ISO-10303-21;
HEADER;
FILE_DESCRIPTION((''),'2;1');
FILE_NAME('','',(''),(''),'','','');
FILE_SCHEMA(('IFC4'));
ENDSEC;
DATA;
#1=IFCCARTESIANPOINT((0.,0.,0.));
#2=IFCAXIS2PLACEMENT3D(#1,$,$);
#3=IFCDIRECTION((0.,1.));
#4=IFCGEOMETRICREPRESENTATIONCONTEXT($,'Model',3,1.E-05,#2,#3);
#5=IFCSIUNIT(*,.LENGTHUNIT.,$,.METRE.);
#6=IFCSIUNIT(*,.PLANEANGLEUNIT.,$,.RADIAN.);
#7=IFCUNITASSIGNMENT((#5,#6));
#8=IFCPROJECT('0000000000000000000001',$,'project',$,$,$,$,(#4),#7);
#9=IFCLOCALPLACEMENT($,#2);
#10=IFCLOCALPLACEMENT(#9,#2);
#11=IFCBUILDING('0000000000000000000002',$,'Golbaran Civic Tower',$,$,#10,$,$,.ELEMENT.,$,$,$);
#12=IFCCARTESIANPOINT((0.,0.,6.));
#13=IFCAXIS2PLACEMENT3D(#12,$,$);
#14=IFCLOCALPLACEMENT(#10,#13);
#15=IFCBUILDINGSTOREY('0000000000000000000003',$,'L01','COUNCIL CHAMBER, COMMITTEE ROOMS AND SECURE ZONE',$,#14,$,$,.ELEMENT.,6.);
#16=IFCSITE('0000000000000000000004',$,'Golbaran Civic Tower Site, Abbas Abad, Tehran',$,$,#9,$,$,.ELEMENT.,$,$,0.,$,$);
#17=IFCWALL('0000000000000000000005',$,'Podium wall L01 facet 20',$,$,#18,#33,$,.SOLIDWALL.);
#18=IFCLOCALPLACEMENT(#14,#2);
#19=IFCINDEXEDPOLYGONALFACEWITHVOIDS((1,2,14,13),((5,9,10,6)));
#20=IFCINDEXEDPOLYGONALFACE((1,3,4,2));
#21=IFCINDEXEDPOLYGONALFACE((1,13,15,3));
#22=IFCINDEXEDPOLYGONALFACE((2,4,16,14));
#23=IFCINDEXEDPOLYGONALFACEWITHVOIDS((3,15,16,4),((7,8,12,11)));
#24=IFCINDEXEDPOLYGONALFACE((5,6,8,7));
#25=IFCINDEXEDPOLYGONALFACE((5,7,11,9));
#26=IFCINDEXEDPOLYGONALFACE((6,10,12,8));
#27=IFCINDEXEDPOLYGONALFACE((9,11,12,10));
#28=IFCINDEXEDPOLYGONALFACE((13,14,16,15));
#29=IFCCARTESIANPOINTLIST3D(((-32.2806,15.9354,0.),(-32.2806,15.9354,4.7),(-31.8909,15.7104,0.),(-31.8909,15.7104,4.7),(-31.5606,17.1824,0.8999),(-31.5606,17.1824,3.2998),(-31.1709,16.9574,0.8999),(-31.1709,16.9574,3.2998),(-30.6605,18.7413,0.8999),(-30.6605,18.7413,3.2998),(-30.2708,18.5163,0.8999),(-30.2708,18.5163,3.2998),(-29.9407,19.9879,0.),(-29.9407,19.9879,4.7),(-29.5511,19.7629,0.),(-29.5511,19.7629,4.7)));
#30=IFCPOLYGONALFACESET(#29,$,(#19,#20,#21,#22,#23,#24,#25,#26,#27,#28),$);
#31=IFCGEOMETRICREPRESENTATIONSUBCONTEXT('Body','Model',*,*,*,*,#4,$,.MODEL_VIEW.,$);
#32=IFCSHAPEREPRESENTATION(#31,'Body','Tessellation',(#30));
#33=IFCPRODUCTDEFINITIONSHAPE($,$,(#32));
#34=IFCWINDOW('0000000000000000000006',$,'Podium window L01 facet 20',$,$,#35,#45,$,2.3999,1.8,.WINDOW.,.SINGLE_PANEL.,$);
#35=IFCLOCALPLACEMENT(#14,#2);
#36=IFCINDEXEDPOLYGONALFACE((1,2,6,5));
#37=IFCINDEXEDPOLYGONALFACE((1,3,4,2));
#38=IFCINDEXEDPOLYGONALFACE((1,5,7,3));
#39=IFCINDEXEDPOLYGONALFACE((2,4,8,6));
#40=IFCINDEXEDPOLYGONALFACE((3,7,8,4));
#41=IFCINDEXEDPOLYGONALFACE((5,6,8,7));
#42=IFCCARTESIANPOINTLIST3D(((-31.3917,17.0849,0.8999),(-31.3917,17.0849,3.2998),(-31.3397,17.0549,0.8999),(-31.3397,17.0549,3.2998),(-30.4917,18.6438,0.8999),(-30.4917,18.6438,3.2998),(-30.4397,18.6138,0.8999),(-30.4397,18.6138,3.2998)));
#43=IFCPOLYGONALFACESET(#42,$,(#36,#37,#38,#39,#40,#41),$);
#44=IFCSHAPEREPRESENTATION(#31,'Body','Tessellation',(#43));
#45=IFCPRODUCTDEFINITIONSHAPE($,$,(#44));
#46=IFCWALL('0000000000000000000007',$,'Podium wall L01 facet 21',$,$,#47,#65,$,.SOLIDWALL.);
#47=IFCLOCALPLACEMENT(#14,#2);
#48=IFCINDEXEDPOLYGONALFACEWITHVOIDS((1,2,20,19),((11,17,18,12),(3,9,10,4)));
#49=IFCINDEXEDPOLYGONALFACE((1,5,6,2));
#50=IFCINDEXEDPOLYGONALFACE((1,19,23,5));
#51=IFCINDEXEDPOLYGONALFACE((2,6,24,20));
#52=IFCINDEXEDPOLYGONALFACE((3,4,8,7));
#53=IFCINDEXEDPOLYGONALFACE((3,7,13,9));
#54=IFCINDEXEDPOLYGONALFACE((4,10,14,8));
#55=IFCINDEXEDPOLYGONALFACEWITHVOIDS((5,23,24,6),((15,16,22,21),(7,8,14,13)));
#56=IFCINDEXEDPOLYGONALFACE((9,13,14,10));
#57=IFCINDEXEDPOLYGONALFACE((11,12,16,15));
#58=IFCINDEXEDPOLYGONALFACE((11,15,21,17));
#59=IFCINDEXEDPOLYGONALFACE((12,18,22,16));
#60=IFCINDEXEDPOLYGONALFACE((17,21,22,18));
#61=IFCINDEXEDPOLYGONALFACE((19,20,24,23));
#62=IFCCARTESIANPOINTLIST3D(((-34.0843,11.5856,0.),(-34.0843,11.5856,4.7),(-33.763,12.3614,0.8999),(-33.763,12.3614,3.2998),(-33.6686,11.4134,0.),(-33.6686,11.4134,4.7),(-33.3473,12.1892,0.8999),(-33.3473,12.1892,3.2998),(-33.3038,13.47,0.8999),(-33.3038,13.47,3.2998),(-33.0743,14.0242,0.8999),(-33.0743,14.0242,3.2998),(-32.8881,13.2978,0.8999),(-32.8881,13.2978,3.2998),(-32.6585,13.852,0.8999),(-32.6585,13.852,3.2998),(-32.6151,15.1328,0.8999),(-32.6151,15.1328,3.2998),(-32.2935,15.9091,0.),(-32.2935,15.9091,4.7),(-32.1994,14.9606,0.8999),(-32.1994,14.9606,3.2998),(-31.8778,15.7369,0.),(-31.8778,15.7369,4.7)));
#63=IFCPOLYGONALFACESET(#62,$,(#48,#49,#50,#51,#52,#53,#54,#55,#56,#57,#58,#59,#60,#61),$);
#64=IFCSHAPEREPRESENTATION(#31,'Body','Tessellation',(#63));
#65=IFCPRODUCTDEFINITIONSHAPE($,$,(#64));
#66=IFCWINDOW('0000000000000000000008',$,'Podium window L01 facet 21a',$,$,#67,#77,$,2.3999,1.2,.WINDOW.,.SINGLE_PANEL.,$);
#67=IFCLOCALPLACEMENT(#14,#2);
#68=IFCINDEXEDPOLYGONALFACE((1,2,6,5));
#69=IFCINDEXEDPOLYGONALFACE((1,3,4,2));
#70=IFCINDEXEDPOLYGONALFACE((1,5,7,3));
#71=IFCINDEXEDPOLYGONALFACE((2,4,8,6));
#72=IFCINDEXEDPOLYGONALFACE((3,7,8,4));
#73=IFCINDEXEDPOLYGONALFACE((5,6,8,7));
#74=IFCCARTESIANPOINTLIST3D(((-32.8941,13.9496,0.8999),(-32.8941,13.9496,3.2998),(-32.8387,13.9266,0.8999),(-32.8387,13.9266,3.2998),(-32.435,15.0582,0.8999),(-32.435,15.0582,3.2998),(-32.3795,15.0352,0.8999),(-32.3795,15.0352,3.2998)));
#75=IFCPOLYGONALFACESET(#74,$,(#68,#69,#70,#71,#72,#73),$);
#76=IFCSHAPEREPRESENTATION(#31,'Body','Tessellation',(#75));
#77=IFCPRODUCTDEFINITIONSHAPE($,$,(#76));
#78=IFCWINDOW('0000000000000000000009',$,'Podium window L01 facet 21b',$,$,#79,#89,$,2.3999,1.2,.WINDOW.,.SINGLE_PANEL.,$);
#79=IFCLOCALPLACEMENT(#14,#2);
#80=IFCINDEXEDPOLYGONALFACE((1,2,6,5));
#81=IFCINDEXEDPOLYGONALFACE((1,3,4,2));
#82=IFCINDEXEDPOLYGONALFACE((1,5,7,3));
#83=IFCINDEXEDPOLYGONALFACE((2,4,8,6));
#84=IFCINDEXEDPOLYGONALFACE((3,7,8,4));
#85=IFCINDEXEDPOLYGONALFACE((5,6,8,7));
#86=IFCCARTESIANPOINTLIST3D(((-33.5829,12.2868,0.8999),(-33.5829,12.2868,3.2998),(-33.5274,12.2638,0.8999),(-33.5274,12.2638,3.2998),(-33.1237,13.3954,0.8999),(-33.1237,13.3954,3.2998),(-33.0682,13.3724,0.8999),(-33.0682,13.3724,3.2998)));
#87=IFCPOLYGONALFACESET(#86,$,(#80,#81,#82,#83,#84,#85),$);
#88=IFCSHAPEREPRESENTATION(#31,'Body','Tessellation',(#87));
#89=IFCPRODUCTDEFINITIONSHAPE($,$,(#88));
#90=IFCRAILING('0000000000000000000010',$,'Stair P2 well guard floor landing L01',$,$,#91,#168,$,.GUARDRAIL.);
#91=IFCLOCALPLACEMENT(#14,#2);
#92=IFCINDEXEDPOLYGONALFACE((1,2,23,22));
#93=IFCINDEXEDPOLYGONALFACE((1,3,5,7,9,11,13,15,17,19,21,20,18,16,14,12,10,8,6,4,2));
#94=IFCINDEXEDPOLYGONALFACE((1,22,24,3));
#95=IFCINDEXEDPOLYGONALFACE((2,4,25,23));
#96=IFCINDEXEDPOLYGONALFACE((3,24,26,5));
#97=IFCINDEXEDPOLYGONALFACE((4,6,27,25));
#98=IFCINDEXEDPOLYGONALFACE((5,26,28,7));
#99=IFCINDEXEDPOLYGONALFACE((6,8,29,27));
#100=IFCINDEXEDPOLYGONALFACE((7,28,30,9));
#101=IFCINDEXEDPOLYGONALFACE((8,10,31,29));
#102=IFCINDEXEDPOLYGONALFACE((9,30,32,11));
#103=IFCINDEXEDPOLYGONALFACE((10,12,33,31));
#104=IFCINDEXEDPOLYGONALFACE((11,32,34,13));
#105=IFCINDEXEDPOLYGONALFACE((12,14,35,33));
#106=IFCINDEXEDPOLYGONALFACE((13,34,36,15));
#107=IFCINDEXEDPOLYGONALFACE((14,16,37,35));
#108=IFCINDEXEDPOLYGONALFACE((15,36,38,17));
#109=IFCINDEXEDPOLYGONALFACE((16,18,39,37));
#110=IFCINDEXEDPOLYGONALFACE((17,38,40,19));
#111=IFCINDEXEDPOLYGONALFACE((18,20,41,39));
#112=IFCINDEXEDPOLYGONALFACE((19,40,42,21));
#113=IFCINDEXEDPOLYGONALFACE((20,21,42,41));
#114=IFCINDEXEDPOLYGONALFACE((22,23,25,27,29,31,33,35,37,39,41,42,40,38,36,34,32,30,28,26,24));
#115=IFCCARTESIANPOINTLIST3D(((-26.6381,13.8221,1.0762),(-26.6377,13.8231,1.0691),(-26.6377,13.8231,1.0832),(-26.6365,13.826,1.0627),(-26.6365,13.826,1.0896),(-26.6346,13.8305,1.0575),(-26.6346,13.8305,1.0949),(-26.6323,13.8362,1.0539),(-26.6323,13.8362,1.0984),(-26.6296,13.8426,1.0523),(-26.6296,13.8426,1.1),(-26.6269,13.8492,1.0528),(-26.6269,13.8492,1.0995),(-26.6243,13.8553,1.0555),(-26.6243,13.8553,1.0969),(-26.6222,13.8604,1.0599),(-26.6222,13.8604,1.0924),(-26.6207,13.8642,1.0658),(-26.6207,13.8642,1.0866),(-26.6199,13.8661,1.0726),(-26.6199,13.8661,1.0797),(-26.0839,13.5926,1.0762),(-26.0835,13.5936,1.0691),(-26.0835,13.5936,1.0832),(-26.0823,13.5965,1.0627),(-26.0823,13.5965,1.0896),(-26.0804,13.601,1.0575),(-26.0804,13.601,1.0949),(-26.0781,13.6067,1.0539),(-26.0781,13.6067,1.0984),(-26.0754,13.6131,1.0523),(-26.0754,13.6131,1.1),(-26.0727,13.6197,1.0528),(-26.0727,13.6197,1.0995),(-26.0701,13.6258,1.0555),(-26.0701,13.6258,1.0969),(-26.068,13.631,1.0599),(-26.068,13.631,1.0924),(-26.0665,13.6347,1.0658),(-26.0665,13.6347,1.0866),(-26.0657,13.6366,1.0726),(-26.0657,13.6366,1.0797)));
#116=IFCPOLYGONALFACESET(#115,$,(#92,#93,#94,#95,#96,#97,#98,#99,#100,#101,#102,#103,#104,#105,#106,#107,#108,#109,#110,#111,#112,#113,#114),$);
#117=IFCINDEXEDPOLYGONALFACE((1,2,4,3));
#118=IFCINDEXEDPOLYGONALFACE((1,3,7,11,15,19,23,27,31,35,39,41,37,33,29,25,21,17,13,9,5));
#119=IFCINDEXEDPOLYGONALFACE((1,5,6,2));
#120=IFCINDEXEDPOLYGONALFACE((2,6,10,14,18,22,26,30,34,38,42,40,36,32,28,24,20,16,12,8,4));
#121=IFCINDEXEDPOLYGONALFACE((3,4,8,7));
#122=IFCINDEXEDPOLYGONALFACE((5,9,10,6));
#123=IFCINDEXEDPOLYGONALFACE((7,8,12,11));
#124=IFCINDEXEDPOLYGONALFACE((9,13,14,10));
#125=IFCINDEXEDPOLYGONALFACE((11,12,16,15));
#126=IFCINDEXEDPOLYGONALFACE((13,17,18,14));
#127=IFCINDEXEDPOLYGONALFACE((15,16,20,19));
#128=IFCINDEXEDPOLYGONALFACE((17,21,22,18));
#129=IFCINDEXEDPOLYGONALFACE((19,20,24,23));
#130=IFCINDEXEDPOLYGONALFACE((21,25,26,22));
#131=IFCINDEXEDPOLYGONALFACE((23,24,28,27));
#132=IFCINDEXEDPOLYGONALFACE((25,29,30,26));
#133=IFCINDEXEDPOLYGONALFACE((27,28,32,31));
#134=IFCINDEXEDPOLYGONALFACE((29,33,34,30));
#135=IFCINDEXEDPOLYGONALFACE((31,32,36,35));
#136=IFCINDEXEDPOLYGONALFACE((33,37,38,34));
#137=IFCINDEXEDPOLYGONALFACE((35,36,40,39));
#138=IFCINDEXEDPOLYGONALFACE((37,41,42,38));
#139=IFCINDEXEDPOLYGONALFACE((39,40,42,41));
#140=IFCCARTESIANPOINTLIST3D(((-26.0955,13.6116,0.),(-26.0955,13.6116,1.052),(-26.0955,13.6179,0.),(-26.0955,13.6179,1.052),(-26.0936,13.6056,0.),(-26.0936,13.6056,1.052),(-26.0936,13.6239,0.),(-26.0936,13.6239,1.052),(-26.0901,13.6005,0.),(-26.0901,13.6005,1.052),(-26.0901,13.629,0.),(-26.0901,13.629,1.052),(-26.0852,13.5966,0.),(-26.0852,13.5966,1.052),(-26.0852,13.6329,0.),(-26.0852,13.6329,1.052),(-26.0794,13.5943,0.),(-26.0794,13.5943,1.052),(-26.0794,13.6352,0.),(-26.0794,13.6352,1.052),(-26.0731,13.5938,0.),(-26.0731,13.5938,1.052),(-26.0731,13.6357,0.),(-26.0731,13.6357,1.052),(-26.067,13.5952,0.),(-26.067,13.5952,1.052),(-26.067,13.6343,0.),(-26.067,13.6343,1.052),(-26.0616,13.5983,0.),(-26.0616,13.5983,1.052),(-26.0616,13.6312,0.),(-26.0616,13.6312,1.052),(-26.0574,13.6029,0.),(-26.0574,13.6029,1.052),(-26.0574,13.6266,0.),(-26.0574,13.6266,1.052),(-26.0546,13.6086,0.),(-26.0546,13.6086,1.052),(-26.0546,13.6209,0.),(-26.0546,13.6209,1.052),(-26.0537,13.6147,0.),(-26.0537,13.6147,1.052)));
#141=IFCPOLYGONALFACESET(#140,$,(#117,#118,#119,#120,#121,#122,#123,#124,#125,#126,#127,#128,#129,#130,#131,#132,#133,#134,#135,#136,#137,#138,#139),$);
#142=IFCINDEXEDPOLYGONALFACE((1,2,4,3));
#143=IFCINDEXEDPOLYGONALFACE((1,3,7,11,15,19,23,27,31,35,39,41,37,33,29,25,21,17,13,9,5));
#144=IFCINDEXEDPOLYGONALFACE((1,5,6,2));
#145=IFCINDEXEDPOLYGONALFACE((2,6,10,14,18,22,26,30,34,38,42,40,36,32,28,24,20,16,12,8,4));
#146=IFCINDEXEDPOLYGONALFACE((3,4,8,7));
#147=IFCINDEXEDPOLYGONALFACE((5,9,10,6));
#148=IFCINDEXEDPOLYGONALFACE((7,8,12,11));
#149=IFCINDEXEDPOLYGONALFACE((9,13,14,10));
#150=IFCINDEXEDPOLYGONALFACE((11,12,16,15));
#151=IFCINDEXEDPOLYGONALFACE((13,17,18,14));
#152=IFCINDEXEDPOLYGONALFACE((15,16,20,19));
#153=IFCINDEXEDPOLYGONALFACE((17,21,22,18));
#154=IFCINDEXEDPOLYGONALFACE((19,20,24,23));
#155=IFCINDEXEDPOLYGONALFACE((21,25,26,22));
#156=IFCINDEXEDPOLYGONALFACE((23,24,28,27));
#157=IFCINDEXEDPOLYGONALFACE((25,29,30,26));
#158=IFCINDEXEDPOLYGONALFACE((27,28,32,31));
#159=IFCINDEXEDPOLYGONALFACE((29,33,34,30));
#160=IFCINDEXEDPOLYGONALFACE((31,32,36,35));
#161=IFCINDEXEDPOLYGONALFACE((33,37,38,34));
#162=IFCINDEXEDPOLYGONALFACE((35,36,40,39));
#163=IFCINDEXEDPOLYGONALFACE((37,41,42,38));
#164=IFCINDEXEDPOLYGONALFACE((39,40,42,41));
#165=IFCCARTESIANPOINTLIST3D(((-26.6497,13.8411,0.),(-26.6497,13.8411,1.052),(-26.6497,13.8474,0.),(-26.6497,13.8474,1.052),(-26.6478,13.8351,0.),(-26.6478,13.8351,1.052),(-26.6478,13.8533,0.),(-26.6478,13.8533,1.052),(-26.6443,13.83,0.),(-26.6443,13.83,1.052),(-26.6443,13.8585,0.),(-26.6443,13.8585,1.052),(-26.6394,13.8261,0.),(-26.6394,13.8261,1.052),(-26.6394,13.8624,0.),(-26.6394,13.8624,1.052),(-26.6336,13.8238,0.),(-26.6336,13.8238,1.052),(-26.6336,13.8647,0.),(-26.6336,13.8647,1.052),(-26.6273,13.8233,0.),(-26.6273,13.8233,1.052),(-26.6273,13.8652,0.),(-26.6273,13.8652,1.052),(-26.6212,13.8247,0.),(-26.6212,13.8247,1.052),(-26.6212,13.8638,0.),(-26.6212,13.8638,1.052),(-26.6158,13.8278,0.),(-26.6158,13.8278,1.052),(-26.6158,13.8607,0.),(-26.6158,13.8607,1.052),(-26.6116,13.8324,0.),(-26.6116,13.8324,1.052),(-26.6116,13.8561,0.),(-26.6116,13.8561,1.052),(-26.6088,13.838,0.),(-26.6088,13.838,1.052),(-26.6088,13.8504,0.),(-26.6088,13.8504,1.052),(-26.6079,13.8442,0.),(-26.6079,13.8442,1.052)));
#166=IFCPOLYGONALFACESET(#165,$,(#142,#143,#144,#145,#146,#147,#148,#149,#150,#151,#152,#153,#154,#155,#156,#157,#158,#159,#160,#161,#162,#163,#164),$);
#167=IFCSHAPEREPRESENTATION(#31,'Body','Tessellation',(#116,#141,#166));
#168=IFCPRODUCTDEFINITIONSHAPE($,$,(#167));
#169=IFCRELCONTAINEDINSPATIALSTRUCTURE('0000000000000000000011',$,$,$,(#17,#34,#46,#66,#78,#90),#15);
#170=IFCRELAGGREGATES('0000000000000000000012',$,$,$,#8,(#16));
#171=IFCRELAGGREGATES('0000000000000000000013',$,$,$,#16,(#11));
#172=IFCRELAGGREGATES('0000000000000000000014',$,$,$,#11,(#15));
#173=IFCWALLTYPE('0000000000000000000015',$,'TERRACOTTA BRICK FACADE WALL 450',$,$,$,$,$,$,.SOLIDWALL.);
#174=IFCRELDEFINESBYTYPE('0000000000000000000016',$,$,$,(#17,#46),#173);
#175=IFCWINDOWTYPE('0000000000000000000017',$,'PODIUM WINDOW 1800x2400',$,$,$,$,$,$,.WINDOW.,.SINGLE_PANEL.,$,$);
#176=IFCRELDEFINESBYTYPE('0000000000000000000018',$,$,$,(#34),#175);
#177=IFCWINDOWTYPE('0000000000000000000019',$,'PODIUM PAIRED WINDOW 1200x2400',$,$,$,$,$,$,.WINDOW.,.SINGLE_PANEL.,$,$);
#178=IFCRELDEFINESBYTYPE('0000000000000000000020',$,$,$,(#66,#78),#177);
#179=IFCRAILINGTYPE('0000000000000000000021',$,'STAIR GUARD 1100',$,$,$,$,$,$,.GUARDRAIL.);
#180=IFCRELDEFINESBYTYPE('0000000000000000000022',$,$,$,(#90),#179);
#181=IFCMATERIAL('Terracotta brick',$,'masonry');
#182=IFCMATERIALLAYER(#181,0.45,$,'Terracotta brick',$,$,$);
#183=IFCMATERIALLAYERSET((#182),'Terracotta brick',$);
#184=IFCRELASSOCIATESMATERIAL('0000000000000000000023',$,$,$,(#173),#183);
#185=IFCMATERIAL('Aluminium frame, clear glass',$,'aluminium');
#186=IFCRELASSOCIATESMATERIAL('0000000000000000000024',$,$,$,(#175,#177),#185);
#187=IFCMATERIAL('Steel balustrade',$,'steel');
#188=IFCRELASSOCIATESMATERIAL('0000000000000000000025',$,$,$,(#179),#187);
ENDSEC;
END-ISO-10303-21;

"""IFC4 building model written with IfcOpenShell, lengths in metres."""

from ifc_helpers import new_model, si_unit, direction, frame, frame_2d, origin, origin_2d, place, context, subcontext, project, spatial, rectangle, circle, extrude, material, layer, layer_set, type_object, element, fill, save


model = new_model("IFC4")

# Units and contexts
model_context = context("Model", 3, precision=1e-05, world=origin(), true_north=direction((0.0, 1.0)))
body_context = subcontext(model_context, "Body", "Model", "MODEL_VIEW")
ifc_project = project(units=[si_unit("LENGTHUNIT", "METRE"), si_unit("PLANEANGLEUNIT", "RADIAN")], contexts=[model_context])

# Site, building, storey
site_placement = place(None, origin())
site = spatial("IfcSite", under=ifc_project, at=site_placement, Name="Golbaran Civic Tower Site, Abbas Abad, Tehran", CompositionType="ELEMENT", RefElevation=0.0)
building_placement = place(site_placement, origin())
building = spatial("IfcBuilding", under=site, at=building_placement, Name="Golbaran Civic Tower", CompositionType="ELEMENT")
storey_placement = place(building_placement, frame((0.0, 0.0, 6.0)))
storey = spatial("IfcBuildingStorey", under=building, at=storey_placement, Name="L01", Description="COUNCIL CHAMBER, COMMITTEE ROOMS AND SECURE ZONE", CompositionType="ELEMENT", Elevation=6.0)

# Shared definitions
ifc_material_1 = material(Name="Terracotta brick", Category="masonry")
ifc_layer_1 = layer(ifc_material_1, 0.45, Name="Terracotta brick")
ifc_layer_set_1 = layer_set([ifc_layer_1], Name="Terracotta brick")
wall_type_1 = type_object("IfcWallType", Name="TERRACOTTA BRICK FACADE WALL 450", PredefinedType="SOLIDWALL", material=ifc_layer_set_1)
ifc_material_2 = material(Name="Aluminium frame, clear glass", Category="aluminium")
window_type_1 = type_object("IfcWindowType", Name="PODIUM WINDOW 1800x2400", PartitioningType="SINGLE_PANEL", PredefinedType="WINDOW", material=ifc_material_2)

# Shared definitions
window_type_2 = type_object("IfcWindowType", Name="PODIUM PAIRED WINDOW 1200x2400", PartitioningType="SINGLE_PANEL", PredefinedType="WINDOW", material=ifc_material_2)

# Wall, opening, window
wall_1_placement = place(storey_placement, frame((-29.7458, 19.8755, 0.0), z_axis=(0.0, 0.0, 1.0), x_axis=(-0.500022, -0.866013, 0.0)))
wall_1 = element("IfcWall", 1, at=wall_1_placement, inside=storey, type_object=wall_type_1, Name="Podium wall L01 facet 20", PredefinedType="SOLIDWALL", context=body_context, shape_type="SweptSolid", body=[
    extrude(rectangle(XDim=4.6794, YDim=0.45, at=frame_2d((2.3398, 0.0))), origin(), (0.0, 0.0, 1.0), 4.7),
])
opening_1_placement = place(wall_1_placement, frame((1.4397, 0.0, 0.8999)))
opening_1 = element("IfcOpeningElement", 2, at=opening_1_placement, cuts=wall_1, PredefinedType="OPENING", context=body_context, shape_type="SweptSolid", body=[
    extrude(rectangle(XDim=1.8, YDim=2.3999, at=frame_2d((0.8999, 1.2))), frame((0.0, 0.2349, 0.0), z_axis=(0.0, -1.0, 0.0), x_axis=(1.0, 0.0, 0.0)), (0.0, 0.0, 1.0), 0.47),
])
window_1_placement = place(opening_1_placement, origin())
window_1 = element("IfcWindow", 3, at=window_1_placement, inside=storey, type_object=window_type_1, Name="Podium window L01 facet 20", OverallHeight=2.3999, OverallWidth=1.8, PartitioningType="SINGLE_PANEL", PredefinedType="WINDOW", context=body_context, shape_type="SweptSolid", body=[
    extrude(rectangle(XDim=1.8, YDim=2.3999, at=frame_2d((0.8999, 1.2))), frame((0.0, 0.03, 0.0), z_axis=(0.0, -1.0, 0.0), x_axis=(1.0, 0.0, 0.0)), (0.0, 0.0, 1.0), 0.0601),
])
fill(opening_1, window_1)

# Wall, openings, windows
wall_2_placement = place(storey_placement, frame((-32.0857, 15.823, 0.0), z_axis=(0.0, 0.0, 1.0), x_axis=(-0.38267, -0.923885, 0.0)))
wall_2 = element("IfcWall", 4, at=wall_2_placement, inside=storey, type_object=wall_type_1, Name="Podium wall L01 facet 21", PredefinedType="SOLIDWALL", context=body_context, shape_type="SweptSolid", body=[
    extrude(rectangle(XDim=4.6797, YDim=0.45, at=frame_2d((2.3398, 0.0))), origin(), (0.0, 0.0, 1.0), 4.7),
])
opening_2_placement = place(wall_2_placement, frame((0.8401, 0.0, 0.8999)))
opening_2 = element("IfcOpeningElement", 5, at=opening_2_placement, cuts=wall_2, PredefinedType="OPENING", context=body_context, shape_type="SweptSolid", body=[
    extrude(rectangle(XDim=1.2, YDim=2.3999, at=frame_2d((0.6001, 1.2))), frame((0.0, 0.2349, 0.0), z_axis=(0.0, -1.0, 0.0), x_axis=(1.0, 0.0, 0.0)), (0.0, 0.0, 1.0), 0.47),
])
opening_3_placement = place(wall_2_placement, frame((2.6399, 0.0, 0.8999)))
opening_3 = element("IfcOpeningElement", 6, at=opening_3_placement, cuts=wall_2, PredefinedType="OPENING", context=body_context, shape_type="SweptSolid", body=[
    extrude(rectangle(XDim=1.2, YDim=2.3999, at=frame_2d((0.6001, 1.2))), frame((0.0, 0.2349, 0.0), z_axis=(0.0, -1.0, 0.0), x_axis=(1.0, 0.0, 0.0)), (0.0, 0.0, 1.0), 0.47),
])
window_2_placement = place(opening_2_placement, origin())
window_2 = element("IfcWindow", 7, at=window_2_placement, inside=storey, type_object=window_type_2, Name="Podium window L01 facet 21a", OverallHeight=2.3999, OverallWidth=1.2, PartitioningType="SINGLE_PANEL", PredefinedType="WINDOW", context=body_context, shape_type="SweptSolid", body=[
    extrude(rectangle(XDim=1.2, YDim=2.3999, at=frame_2d((0.6001, 1.2))), frame((0.0, 0.03, 0.0), z_axis=(0.0, -1.0, 0.0), x_axis=(1.0, 0.0, 0.0)), (0.0, 0.0, 1.0), 0.0601),
])
fill(opening_2, window_2)
window_3_placement = place(opening_3_placement, origin())
window_3 = element("IfcWindow", 8, at=window_3_placement, inside=storey, type_object=window_type_2, Name="Podium window L01 facet 21b", OverallHeight=2.3999, OverallWidth=1.2, PartitioningType="SINGLE_PANEL", PredefinedType="WINDOW", context=body_context, shape_type="SweptSolid", body=[
    extrude(rectangle(XDim=1.2, YDim=2.3999, at=frame_2d((0.6001, 1.2))), frame((0.0, 0.03, 0.0), z_axis=(0.0, -1.0, 0.0), x_axis=(1.0, 0.0, 0.0)), (0.0, 0.0, 1.0), 0.0601),
])
fill(opening_3, window_3)

# Railing
ifc_material_3 = material(Name="Steel balustrade", Category="steel")
railing_type_1 = type_object("IfcRailingType", Name="STAIR GUARD 1100", PredefinedType="GUARDRAIL", material=ifc_material_3)
railing_1_placement = place(storey_placement, frame((-26.0747, 13.6147, 0.0)))
element("IfcRailing", 9, at=railing_1_placement, inside=storey, type_object=railing_type_1, Name="Stair P2 well guard floor landing L01", PredefinedType="GUARDRAIL", context=body_context, shape_type="SweptSolid", body=[
    extrude(circle(Radius=0.0239, at=origin_2d()), frame((0.0, 0.0, 1.0762), z_axis=(-0.923918, 0.382591, 0.0), x_axis=(-0.382591, -0.923918, 0.0)), (0.0, 0.0, 1.0), 0.5999),
    extrude(circle(Radius=0.021, at=origin_2d()), origin(), (0.0, 0.0, 1.0), 1.052),
    extrude(circle(Radius=0.021, at=origin_2d()), frame((-0.5542, 0.2295, 0.0)), (0.0, 0.0, 1.0), 1.052),
])

save(model, "model.ifc")
